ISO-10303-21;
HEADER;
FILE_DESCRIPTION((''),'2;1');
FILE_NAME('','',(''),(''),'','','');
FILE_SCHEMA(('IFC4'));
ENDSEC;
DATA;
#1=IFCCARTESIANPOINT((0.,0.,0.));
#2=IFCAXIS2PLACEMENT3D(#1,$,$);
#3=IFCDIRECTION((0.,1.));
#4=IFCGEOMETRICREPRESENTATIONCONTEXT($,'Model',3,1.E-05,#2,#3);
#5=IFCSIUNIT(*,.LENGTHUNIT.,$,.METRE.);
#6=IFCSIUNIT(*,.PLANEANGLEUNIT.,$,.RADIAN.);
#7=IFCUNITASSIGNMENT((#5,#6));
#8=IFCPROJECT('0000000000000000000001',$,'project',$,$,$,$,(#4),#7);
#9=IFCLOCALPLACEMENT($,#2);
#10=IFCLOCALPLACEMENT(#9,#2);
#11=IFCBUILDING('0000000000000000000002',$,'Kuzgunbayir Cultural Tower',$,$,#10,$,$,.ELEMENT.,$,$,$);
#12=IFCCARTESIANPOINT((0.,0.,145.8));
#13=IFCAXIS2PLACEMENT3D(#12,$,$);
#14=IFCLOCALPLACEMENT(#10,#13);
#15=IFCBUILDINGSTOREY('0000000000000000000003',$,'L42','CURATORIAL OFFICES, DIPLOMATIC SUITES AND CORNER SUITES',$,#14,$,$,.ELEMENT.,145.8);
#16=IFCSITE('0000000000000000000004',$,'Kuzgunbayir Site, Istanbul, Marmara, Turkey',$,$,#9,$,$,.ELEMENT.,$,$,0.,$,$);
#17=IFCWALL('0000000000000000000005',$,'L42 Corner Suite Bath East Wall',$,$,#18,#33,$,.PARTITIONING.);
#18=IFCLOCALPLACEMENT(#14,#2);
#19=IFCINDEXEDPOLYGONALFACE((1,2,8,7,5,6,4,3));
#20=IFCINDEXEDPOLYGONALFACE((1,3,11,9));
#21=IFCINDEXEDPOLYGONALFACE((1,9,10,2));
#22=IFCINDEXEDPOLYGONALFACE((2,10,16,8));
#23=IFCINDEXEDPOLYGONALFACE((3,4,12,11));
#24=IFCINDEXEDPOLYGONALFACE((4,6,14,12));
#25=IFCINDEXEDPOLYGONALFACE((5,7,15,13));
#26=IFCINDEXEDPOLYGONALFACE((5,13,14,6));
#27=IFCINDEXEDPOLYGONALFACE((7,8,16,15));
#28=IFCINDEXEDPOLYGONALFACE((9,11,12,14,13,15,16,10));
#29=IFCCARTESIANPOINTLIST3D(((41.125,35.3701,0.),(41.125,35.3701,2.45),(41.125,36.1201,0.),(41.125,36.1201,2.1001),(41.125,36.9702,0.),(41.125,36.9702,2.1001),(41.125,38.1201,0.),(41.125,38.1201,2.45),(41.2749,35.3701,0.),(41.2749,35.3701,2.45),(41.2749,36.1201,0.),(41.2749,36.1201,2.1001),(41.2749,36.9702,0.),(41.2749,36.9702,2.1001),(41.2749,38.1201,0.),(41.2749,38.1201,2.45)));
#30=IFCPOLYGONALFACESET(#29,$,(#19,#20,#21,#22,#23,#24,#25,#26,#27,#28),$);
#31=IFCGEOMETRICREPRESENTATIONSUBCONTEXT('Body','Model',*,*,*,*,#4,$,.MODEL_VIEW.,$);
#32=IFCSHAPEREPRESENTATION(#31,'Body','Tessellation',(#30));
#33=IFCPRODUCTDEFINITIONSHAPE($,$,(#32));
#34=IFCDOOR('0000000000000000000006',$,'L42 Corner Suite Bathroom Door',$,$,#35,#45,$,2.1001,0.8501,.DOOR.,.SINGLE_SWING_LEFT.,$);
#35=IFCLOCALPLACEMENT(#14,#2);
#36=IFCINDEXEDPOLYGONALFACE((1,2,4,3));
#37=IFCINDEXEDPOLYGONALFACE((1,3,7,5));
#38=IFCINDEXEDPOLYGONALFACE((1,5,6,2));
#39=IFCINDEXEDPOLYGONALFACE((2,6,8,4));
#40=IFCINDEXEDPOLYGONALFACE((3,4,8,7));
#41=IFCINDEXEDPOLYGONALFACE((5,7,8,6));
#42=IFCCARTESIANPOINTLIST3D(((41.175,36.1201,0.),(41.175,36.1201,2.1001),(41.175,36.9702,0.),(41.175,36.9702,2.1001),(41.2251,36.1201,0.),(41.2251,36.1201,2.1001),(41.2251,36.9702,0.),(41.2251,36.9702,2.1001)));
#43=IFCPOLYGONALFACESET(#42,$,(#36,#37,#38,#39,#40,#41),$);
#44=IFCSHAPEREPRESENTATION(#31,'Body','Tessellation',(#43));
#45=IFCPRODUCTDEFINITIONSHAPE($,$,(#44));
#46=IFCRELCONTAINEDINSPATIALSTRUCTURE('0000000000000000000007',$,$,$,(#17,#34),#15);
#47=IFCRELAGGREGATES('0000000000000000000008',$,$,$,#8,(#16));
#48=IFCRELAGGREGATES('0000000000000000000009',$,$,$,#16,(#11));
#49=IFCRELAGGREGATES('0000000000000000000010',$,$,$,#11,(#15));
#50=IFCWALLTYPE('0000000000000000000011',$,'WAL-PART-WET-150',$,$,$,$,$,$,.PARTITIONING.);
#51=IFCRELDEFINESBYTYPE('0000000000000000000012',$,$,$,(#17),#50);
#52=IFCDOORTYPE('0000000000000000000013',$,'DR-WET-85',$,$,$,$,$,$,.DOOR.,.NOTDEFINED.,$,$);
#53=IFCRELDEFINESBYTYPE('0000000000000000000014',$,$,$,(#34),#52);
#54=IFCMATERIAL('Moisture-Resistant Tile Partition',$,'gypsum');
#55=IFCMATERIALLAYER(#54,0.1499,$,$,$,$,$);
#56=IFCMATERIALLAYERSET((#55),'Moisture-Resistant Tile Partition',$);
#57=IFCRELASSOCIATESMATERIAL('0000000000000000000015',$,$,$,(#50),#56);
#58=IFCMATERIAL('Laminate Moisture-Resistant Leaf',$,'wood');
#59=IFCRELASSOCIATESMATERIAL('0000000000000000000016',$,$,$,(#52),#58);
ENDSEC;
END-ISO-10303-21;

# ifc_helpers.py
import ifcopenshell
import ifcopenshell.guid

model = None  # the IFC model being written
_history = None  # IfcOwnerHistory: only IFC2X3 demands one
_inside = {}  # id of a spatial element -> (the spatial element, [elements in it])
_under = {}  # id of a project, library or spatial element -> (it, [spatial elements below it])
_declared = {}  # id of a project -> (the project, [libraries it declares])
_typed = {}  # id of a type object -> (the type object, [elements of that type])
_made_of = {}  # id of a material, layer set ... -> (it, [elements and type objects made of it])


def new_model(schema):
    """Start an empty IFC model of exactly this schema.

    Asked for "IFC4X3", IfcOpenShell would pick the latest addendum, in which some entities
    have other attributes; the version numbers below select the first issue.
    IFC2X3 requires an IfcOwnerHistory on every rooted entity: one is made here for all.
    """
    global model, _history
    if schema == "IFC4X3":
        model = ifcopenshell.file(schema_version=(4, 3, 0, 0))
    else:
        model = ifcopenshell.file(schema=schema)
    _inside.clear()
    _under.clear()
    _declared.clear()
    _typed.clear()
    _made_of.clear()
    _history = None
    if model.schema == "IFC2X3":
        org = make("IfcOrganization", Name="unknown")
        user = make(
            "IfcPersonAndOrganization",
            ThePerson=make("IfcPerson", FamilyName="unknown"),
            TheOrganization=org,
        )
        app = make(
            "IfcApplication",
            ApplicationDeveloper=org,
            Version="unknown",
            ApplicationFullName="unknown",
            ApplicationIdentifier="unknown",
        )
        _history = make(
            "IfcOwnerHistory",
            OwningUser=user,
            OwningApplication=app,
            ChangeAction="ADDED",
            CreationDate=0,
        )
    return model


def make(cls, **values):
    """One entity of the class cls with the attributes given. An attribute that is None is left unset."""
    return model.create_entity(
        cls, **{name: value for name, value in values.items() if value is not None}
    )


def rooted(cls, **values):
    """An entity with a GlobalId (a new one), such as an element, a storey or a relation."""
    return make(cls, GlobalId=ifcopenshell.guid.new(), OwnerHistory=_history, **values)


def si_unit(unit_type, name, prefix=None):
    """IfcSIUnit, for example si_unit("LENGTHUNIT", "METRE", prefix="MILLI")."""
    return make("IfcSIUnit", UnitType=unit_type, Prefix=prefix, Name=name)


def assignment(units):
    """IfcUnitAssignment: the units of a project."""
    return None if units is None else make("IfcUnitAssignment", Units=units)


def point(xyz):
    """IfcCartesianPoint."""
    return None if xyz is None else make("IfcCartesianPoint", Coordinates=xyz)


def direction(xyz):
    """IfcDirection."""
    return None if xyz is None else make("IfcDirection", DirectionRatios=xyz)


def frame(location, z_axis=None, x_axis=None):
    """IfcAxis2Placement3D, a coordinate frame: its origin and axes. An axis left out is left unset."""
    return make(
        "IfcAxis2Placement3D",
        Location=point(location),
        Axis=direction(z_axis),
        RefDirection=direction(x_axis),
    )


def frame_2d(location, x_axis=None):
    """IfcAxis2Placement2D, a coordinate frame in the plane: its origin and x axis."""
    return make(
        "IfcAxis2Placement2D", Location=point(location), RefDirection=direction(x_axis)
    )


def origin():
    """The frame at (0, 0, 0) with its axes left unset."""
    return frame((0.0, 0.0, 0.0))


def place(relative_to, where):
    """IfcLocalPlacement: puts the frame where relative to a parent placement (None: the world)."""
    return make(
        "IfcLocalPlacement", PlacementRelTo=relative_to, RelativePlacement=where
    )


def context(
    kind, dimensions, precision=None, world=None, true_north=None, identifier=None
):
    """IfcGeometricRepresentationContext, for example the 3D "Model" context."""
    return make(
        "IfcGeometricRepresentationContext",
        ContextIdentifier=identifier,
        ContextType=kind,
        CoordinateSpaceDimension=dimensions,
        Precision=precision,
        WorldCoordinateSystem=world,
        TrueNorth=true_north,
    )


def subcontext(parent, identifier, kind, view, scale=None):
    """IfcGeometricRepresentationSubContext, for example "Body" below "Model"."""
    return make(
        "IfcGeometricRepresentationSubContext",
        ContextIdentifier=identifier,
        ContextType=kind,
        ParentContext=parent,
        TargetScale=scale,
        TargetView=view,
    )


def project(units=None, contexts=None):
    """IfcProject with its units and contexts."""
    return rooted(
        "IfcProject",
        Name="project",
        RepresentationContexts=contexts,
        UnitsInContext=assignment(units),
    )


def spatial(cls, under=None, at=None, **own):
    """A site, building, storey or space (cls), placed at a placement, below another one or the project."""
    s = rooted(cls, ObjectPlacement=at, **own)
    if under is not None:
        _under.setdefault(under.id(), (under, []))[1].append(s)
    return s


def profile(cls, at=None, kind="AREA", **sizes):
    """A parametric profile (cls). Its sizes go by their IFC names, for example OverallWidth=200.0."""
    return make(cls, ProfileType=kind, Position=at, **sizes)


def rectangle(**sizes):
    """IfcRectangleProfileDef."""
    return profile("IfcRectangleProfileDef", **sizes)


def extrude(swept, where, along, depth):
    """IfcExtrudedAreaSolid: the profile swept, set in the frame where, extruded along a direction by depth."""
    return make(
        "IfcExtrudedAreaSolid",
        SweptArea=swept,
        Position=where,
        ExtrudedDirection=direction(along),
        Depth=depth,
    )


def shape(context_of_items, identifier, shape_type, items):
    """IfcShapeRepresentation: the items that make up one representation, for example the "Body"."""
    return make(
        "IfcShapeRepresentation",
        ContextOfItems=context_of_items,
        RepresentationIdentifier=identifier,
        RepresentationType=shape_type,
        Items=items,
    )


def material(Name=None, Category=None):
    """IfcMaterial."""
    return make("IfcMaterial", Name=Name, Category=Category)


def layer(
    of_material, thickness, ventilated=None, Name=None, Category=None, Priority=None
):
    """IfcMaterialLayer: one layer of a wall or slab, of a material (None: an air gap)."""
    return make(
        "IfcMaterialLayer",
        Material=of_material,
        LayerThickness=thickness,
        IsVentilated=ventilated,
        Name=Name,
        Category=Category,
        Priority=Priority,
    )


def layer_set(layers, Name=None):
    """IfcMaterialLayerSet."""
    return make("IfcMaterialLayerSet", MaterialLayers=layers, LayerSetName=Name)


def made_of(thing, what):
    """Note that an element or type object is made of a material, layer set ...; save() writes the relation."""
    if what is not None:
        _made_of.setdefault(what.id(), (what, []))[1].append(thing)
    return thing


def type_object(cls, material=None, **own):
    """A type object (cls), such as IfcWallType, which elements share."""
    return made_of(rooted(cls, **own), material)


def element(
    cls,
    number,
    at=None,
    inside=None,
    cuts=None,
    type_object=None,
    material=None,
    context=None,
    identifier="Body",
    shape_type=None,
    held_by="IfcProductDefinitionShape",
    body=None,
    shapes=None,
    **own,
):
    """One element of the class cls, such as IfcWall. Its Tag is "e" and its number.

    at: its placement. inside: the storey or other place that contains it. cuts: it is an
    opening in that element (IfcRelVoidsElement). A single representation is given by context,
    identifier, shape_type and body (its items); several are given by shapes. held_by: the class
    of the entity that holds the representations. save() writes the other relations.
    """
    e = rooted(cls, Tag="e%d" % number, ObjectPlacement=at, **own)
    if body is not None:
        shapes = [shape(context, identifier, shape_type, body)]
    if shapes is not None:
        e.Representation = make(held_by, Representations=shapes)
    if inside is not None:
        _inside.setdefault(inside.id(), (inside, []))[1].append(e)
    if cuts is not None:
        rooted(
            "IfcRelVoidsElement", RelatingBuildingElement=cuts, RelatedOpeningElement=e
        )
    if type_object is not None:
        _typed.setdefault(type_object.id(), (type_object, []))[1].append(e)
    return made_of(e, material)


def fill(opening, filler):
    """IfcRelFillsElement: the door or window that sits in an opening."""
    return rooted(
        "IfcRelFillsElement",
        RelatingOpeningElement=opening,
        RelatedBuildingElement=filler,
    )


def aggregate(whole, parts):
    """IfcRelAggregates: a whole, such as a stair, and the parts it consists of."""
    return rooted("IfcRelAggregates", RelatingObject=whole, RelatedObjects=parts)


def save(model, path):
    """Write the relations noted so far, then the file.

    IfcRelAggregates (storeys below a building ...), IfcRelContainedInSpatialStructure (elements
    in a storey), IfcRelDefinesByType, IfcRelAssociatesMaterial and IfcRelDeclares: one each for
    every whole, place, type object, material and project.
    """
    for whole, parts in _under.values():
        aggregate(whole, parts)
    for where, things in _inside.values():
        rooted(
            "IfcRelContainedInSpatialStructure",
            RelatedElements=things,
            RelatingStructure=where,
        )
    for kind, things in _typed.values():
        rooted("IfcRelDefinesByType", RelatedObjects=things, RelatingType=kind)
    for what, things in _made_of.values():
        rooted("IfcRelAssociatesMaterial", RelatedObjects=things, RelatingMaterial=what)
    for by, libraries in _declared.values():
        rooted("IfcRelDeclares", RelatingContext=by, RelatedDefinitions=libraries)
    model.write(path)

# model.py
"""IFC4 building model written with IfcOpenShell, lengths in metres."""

from ifc_helpers import new_model, si_unit, direction, frame, frame_2d, origin, place, context, subcontext, project, spatial, rectangle, extrude, material, layer, layer_set, type_object, element, fill, save


model = new_model("IFC4")

# Units and contexts
model_context = context("Model", 3, precision=1e-05, world=origin(), true_north=direction((0.0, 1.0)))
body_context = subcontext(model_context, "Body", "Model", "MODEL_VIEW")
ifc_project = project(units=[si_unit("LENGTHUNIT", "METRE"), si_unit("PLANEANGLEUNIT", "RADIAN")], contexts=[model_context])

# Site, building, storey
site_placement = place(None, origin())
site = spatial("IfcSite", under=ifc_project, at=site_placement, Name="Kuzgunbayir Site, Istanbul, Marmara, Turkey", CompositionType="ELEMENT", RefElevation=0.0)
building_placement = place(site_placement, origin())
building = spatial("IfcBuilding", under=site, at=building_placement, Name="Kuzgunbayir Cultural Tower", CompositionType="ELEMENT")
storey_placement = place(building_placement, frame((0.0, 0.0, 145.8)))
storey = spatial("IfcBuildingStorey", under=building, at=storey_placement, Name="L42", Description="CURATORIAL OFFICES, DIPLOMATIC SUITES AND CORNER SUITES", CompositionType="ELEMENT", Elevation=145.8)

# Shared definitions
ifc_material_1 = material(Name="Moisture-Resistant Tile Partition", Category="gypsum")
ifc_layer_1 = layer(ifc_material_1, 0.1499)
ifc_layer_set_1 = layer_set([ifc_layer_1], Name="Moisture-Resistant Tile Partition")
wall_type_1 = type_object("IfcWallType", Name="WAL-PART-WET-150", PredefinedType="PARTITIONING", material=ifc_layer_set_1)

# Wall, opening, door
wall_1_placement = place(storey_placement, frame((41.2, 35.3701, 0.0), z_axis=(0.0, 0.0, 1.0), x_axis=(0.0, 1.0, 0.0)))
wall_1 = element("IfcWall", 1, at=wall_1_placement, inside=storey, type_object=wall_type_1, Name="L42 Corner Suite Bath East Wall", PredefinedType="PARTITIONING", context=body_context, shape_type="SweptSolid", body=[
    extrude(rectangle(XDim=2.75, YDim=0.1499, at=frame_2d((1.375, 0.0))), origin(), (0.0, 0.0, 1.0), 2.45),
])
opening_1_placement = place(wall_1_placement, frame((0.75, 0.0, 0.0)))
opening_1 = element("IfcOpeningElement", 2, at=opening_1_placement, cuts=wall_1, PredefinedType="OPENING", context=body_context, shape_type="SweptSolid", body=[
    extrude(rectangle(XDim=0.8501, YDim=2.1001, at=frame_2d((0.425, 1.05))), frame((0.0, 0.085, 0.0), z_axis=(0.0, -1.0, 0.0), x_axis=(1.0, 0.0, 0.0)), (0.0, 0.0, 1.0), 0.1699),
])
ifc_material_2 = material(Name="Laminate Moisture-Resistant Leaf", Category="wood")
door_type_1 = type_object("IfcDoorType", Name="DR-WET-85", OperationType="NOTDEFINED", PredefinedType="DOOR", material=ifc_material_2)
door_1_placement = place(opening_1_placement, origin())
door_1 = element("IfcDoor", 3, at=door_1_placement, inside=storey, type_object=door_type_1, Name="L42 Corner Suite Bathroom Door", OperationType="SINGLE_SWING_LEFT", OverallHeight=2.1001, OverallWidth=0.8501, PredefinedType="DOOR", context=body_context, shape_type="SweptSolid", body=[
    extrude(rectangle(XDim=0.8501, YDim=2.1001, at=frame_2d((0.425, 1.05))), frame((0.0, 0.0249, 0.0), z_axis=(0.0, -1.0, 0.0), x_axis=(1.0, 0.0, 0.0)), (0.0, 0.0, 1.0), 0.05),
])
fill(opening_1, door_1)

save(model, "model.ifc")
